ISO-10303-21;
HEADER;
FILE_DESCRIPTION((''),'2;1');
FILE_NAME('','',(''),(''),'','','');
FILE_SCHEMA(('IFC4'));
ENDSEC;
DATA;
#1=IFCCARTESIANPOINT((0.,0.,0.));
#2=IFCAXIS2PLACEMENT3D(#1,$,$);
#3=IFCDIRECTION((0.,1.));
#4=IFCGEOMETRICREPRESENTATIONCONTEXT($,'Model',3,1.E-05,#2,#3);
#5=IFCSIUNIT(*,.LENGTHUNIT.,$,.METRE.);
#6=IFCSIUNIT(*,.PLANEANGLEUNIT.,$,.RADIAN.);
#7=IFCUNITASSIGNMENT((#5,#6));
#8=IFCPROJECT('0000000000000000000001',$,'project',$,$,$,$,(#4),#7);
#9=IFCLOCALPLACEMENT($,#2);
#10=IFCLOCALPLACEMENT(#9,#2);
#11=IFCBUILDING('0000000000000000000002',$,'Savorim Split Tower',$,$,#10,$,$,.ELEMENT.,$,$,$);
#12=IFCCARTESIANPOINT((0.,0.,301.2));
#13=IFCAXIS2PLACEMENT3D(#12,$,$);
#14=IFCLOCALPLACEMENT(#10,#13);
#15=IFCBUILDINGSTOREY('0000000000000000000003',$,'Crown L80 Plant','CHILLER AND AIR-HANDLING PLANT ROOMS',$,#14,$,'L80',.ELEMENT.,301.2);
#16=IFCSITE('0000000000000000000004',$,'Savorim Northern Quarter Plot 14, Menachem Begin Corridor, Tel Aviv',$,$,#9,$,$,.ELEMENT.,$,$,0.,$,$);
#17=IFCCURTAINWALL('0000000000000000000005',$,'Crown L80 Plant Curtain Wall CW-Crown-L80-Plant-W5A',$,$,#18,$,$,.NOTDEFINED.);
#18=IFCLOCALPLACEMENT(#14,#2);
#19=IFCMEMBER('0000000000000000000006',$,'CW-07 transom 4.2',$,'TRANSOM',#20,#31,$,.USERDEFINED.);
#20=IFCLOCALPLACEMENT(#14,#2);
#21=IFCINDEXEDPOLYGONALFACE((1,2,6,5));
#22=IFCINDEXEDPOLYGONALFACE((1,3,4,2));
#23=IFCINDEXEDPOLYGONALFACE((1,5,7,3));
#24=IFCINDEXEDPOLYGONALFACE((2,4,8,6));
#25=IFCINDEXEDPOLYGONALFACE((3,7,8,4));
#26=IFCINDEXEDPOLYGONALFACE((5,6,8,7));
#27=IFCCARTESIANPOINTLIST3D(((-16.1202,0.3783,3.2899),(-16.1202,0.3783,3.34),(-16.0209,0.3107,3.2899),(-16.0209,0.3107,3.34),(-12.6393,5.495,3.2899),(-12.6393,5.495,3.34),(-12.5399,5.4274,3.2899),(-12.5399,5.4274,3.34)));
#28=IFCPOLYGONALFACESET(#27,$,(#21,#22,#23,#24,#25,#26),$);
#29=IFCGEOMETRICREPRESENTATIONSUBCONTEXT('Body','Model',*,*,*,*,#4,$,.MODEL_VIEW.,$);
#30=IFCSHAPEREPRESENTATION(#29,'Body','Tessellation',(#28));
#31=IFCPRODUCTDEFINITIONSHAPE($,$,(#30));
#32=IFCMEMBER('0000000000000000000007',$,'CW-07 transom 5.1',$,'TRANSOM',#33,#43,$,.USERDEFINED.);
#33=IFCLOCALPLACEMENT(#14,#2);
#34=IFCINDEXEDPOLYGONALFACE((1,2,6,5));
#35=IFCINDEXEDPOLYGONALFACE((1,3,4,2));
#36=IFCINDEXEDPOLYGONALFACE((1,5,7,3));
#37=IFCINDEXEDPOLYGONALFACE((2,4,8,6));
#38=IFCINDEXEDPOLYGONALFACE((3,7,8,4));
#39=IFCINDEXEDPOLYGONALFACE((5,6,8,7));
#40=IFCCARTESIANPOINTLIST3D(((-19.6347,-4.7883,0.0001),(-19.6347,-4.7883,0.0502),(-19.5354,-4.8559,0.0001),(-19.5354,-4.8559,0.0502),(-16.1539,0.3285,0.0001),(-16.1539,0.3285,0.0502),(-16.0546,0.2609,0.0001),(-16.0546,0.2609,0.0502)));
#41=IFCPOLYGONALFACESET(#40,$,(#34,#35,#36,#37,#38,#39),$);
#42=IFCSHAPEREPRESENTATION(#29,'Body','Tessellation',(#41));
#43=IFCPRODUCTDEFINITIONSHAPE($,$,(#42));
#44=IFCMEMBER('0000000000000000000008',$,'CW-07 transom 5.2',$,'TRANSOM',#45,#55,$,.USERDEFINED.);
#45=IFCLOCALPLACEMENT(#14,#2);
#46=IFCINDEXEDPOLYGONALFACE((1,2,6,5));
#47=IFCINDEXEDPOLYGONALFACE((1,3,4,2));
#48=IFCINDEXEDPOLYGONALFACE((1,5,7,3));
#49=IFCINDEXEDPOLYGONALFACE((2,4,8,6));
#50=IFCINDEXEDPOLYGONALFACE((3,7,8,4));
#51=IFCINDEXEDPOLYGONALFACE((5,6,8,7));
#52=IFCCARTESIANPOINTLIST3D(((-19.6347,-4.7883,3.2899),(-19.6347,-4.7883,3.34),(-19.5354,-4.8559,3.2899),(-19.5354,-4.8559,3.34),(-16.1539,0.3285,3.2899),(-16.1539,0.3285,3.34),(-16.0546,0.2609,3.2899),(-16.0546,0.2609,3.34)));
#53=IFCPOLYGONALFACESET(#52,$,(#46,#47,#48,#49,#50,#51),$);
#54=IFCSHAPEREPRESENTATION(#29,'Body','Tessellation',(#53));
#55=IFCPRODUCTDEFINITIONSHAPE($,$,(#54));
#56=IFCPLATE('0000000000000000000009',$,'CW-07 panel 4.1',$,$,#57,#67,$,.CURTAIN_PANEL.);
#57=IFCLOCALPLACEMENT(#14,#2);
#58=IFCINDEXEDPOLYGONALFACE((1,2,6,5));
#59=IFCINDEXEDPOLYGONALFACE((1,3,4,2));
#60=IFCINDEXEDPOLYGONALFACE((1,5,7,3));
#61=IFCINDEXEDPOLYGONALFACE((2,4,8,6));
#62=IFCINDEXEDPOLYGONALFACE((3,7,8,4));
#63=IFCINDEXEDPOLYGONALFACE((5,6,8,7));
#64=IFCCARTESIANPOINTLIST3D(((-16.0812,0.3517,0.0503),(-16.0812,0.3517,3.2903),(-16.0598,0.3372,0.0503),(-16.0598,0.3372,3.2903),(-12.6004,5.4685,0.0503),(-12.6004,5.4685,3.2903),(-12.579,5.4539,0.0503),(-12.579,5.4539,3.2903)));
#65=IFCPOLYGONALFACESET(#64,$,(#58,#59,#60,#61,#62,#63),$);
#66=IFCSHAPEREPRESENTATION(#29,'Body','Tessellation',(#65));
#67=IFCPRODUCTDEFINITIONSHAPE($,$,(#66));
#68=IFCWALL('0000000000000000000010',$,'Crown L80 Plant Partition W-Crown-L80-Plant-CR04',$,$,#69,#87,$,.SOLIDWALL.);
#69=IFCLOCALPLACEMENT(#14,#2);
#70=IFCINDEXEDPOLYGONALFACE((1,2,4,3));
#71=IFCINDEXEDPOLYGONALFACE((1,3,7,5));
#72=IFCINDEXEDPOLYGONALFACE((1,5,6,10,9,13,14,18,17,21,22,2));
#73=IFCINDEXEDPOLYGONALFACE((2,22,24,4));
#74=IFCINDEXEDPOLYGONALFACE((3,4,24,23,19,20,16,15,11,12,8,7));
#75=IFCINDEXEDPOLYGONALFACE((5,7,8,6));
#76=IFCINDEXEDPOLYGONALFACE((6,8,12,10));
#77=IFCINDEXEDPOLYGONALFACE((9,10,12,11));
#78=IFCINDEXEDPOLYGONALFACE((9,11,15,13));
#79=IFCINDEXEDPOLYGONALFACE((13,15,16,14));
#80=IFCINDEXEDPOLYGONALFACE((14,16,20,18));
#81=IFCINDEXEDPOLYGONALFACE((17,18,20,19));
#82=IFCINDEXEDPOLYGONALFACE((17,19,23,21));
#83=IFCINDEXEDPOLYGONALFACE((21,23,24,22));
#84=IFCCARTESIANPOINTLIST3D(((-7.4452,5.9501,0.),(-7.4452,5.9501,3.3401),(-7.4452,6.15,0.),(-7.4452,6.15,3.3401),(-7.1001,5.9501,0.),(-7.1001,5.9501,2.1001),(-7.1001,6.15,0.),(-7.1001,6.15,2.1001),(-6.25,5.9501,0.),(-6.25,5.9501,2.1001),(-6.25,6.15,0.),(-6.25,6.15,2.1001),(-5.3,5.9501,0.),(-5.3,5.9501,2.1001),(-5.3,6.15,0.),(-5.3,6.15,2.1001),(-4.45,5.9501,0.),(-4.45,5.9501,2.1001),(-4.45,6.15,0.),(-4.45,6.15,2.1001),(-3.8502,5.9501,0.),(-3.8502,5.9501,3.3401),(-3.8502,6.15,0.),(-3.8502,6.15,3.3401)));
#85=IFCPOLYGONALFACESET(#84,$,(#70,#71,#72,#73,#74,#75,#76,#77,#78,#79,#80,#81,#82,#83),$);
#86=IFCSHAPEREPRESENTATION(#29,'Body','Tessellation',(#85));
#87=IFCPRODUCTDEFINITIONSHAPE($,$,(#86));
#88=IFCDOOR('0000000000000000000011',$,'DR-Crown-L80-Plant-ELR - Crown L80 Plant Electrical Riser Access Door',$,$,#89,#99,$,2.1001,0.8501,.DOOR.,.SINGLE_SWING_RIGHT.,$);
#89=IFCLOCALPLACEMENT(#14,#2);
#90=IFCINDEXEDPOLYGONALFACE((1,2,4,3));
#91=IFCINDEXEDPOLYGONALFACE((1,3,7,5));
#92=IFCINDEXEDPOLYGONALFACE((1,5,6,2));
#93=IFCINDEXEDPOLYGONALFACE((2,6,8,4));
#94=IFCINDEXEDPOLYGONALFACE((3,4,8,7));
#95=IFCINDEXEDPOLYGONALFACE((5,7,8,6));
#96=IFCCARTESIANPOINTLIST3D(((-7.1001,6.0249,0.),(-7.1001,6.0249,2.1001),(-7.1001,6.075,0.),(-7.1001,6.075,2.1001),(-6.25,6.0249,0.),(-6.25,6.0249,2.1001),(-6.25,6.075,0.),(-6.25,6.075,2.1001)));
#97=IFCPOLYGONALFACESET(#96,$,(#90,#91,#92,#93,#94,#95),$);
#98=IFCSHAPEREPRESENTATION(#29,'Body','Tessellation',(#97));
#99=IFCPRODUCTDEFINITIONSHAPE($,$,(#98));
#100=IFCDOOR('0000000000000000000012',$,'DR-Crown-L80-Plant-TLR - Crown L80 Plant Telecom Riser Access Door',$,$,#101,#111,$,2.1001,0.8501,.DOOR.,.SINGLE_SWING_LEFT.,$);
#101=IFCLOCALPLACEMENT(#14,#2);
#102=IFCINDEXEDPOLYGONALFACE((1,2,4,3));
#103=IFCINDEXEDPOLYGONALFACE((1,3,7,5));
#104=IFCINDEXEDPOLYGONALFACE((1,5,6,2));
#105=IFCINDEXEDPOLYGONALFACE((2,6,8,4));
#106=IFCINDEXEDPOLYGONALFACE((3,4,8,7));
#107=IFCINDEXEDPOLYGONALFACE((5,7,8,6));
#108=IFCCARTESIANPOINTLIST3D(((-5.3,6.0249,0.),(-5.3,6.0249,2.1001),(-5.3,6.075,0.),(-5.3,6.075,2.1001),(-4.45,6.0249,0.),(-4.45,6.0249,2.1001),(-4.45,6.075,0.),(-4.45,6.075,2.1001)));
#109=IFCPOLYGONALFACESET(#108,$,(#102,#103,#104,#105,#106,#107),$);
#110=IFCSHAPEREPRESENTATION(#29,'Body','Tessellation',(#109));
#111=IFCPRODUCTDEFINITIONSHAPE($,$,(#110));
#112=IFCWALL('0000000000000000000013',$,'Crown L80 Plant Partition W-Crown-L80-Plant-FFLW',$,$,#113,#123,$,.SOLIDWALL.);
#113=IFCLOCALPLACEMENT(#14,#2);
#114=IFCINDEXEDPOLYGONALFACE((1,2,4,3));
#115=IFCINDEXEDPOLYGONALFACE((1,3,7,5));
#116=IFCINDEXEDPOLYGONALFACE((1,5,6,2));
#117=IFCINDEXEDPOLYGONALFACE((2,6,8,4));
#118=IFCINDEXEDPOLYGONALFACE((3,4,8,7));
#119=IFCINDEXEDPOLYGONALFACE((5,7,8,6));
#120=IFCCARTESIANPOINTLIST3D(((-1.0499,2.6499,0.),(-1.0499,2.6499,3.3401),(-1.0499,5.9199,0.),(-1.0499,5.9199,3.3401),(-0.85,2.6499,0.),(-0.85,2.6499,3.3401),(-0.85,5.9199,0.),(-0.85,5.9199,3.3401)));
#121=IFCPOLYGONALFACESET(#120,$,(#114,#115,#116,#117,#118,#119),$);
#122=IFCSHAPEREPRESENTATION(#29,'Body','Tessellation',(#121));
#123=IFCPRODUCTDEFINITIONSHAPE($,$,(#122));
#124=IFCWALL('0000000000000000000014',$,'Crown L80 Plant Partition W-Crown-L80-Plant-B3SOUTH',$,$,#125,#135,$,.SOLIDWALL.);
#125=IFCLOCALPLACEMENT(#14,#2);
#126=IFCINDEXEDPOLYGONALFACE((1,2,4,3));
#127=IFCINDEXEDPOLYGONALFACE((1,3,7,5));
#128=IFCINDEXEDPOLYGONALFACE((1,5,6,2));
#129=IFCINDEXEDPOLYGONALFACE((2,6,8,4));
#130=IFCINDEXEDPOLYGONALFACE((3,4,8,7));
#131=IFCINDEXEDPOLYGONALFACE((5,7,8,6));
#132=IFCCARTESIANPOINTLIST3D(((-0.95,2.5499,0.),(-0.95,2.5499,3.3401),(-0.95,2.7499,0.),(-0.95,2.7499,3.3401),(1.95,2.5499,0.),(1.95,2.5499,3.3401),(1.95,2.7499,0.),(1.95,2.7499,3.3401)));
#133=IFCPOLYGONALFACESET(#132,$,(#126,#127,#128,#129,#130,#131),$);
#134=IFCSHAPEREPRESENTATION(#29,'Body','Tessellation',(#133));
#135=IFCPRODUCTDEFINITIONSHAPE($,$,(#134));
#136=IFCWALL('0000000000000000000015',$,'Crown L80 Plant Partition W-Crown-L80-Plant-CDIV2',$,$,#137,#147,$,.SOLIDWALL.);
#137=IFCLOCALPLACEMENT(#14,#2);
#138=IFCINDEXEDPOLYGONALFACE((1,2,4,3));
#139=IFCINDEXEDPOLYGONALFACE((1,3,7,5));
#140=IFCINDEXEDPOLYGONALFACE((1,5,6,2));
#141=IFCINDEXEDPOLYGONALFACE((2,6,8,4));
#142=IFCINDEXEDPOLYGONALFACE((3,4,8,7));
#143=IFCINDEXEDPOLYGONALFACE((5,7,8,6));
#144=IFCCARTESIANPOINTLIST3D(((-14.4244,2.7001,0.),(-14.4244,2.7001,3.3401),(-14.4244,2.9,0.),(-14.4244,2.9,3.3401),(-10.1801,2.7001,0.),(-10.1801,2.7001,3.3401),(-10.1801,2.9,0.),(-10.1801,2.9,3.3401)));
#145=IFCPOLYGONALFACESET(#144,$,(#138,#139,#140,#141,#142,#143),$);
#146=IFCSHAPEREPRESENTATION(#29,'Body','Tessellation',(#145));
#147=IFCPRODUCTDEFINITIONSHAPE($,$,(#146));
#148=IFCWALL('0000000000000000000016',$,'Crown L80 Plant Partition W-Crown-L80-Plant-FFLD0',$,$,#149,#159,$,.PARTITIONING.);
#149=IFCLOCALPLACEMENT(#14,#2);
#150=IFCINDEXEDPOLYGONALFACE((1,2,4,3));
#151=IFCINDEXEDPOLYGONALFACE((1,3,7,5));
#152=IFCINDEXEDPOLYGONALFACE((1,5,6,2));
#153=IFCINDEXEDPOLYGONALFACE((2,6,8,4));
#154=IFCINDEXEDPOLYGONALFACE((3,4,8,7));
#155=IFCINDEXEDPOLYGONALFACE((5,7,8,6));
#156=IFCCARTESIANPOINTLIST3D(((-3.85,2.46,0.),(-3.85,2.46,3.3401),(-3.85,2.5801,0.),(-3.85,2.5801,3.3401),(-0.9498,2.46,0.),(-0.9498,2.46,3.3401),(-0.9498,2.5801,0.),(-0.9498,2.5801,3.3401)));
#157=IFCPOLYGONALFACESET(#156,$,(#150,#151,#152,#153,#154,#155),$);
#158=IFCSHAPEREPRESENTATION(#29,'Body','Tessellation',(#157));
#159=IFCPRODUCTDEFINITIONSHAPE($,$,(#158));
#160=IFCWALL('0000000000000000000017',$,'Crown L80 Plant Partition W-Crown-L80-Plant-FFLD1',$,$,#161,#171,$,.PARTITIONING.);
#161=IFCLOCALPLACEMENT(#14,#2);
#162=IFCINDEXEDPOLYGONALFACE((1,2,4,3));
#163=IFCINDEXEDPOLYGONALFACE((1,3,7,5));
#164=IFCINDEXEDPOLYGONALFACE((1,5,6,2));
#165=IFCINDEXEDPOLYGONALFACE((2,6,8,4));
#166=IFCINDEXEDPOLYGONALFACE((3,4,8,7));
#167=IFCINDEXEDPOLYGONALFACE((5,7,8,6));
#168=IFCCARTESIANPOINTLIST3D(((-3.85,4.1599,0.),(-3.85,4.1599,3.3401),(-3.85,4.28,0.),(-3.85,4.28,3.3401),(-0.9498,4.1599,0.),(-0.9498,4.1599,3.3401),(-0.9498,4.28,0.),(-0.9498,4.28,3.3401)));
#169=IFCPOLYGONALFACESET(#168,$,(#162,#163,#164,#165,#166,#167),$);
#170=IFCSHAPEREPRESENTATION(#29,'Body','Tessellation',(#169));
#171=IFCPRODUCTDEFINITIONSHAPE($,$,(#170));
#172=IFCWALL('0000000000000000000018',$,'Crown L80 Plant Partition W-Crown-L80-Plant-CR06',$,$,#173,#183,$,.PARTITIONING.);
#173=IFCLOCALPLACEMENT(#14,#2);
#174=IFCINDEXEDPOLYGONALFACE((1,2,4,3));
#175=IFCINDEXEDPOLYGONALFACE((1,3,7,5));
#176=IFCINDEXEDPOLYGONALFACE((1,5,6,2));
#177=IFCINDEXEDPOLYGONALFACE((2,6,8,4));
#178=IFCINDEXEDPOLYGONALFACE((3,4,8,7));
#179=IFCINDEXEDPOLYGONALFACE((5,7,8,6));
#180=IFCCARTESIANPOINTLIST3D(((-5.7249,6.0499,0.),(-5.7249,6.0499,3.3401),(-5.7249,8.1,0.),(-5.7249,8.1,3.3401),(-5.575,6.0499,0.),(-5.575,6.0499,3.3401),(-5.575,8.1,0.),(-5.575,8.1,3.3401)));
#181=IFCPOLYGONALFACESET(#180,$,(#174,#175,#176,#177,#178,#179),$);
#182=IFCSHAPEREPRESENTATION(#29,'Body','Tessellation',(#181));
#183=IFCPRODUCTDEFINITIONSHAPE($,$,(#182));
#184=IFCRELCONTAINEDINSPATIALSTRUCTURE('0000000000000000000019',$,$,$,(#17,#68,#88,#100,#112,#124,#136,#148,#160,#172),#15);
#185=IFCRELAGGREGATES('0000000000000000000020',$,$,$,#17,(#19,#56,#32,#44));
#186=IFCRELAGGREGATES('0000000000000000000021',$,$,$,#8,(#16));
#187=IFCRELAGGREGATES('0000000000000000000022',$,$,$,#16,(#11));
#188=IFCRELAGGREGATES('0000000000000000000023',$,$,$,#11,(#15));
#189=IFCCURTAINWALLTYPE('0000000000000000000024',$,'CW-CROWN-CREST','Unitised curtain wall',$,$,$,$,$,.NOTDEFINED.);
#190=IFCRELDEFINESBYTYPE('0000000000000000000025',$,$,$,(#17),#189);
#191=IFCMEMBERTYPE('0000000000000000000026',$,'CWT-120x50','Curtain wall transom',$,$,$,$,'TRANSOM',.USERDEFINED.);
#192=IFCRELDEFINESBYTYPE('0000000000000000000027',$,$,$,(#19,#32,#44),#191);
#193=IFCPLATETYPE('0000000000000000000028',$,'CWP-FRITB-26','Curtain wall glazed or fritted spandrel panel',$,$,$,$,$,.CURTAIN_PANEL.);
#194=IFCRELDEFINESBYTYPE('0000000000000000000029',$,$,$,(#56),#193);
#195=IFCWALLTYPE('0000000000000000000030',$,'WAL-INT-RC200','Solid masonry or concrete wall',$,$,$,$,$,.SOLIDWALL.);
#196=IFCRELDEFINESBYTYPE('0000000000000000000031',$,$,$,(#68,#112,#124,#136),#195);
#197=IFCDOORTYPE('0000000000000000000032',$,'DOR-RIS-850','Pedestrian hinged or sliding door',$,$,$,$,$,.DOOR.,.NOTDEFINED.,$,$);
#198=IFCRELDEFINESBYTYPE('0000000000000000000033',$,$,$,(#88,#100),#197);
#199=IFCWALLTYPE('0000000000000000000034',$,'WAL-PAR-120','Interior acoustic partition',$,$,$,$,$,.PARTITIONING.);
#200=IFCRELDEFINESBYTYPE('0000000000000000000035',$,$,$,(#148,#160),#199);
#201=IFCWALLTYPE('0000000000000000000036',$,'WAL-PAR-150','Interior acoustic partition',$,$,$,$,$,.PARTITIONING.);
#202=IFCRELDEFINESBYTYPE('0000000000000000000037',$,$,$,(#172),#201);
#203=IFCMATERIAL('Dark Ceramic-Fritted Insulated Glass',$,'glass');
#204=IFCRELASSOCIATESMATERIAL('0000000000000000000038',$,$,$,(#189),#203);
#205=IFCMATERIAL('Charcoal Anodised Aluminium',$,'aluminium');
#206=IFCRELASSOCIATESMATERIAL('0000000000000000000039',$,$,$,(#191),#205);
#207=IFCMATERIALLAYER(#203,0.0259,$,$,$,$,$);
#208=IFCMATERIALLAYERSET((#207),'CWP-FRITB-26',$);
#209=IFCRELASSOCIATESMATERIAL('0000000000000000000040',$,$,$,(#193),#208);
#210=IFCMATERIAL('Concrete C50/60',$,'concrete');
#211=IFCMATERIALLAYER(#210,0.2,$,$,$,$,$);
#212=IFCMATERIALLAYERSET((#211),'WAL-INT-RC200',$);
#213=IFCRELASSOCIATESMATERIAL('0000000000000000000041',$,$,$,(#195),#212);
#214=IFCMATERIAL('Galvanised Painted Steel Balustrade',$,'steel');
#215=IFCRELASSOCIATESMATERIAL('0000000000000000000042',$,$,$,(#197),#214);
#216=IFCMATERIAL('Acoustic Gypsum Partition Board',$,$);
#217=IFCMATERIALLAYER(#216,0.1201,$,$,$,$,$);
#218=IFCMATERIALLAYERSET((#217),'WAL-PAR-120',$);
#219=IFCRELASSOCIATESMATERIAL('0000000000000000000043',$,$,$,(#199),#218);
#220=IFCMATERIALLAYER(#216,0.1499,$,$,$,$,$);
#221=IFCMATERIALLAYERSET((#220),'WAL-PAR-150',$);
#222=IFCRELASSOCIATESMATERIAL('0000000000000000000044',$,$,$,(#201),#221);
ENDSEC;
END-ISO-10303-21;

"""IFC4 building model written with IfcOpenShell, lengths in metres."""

from ifc_helpers import new_model, si_unit, direction, frame, frame_2d, origin, origin_2d, place, context, subcontext, project, spatial, rectangle, extrude, material, layer, layer_set, material_profile, profile_set, type_object, element, fill, aggregate, save


model = new_model("IFC4")

# Units and contexts
model_context = context("Model", 3, precision=1e-05, world=origin(), true_north=direction((0.0, 1.0)))
body_context = subcontext(model_context, "Body", "Model", "MODEL_VIEW")
ifc_project = project(units=[si_unit("LENGTHUNIT", "METRE"), si_unit("PLANEANGLEUNIT", "RADIAN")], contexts=[model_context])

# Site, building, storey
site_placement = place(None, origin())
site = spatial("IfcSite", under=ifc_project, at=site_placement, Name="Savorim Northern Quarter Plot 14, Menachem Begin Corridor, Tel Aviv", CompositionType="ELEMENT", RefElevation=0.0)
building_placement = place(site_placement, origin())
building = spatial("IfcBuilding", under=site, at=building_placement, Name="Savorim Split Tower", CompositionType="ELEMENT")
storey_placement = place(building_placement, frame((0.0, 0.0, 301.2)))
storey = spatial("IfcBuildingStorey", under=building, at=storey_placement, Name="Crown L80 Plant", Description="CHILLER AND AIR-HANDLING PLANT ROOMS", LongName="L80", CompositionType="ELEMENT", Elevation=301.2)

# Curtain wall, members, plate
ifc_material_1 = material(Name="Dark Ceramic-Fritted Insulated Glass", Category="glass")
curtain_wall_type = type_object("IfcCurtainWallType", Name="CW-CROWN-CREST", Description="Unitised curtain wall", PredefinedType="NOTDEFINED", material=ifc_material_1)
curtain_wall_placement = place(storey_placement, origin())
curtain_wall = element("IfcCurtainWall", 1, at=curtain_wall_placement, inside=storey, type_object=curtain_wall_type, Name="Crown L80 Plant Curtain Wall CW-Crown-L80-Plant-W5A", PredefinedType="NOTDEFINED")
ifc_material_2 = material(Name="Charcoal Anodised Aluminium", Category="aluminium")
ifc_material_profile_1 = material_profile(ifc_material_2, rectangle(XDim=0.1201, YDim=0.05, at=origin_2d()), Name="ALU-T 120x50")
ifc_profile_set_1 = profile_set([ifc_material_profile_1], Name="Charcoal Anodised Aluminium")
member_type_1 = type_object("IfcMemberType", Name="CWT-120x50", Description="Curtain wall transom", ElementType="TRANSOM", PredefinedType="USERDEFINED", material=ifc_profile_set_1)
member_1_placement = place(storey_placement, frame((-12.5896, 5.4612, 3.3149), z_axis=(-0.562487, -0.826806, 0.0), x_axis=(0.826806, -0.562487, 0.0)))
member_1 = element("IfcMember", 2, at=member_1_placement, type_object=member_type_1, Name="CW-07 transom 4.2", ObjectType="TRANSOM", PredefinedType="USERDEFINED", context=body_context, shape_type="SweptSolid", body=[
    extrude(rectangle(XDim=0.1201, YDim=0.05, at=origin_2d()), origin(), (0.0, 0.0, 1.0), 6.1885),
])
member_2_placement = place(storey_placement, frame((-16.1042, 0.2947, 0.0251), z_axis=(-0.56246, -0.826824, 0.0), x_axis=(0.826824, -0.56246, 0.0)))
member_2 = element("IfcMember", 3, at=member_2_placement, type_object=member_type_1, Name="CW-07 transom 5.1", ObjectType="TRANSOM", PredefinedType="USERDEFINED", context=body_context, shape_type="SweptSolid", body=[
    extrude(rectangle(XDim=0.1201, YDim=0.05, at=origin_2d()), origin(), (0.0, 0.0, 1.0), 6.1885),
])
member_3_placement = place(storey_placement, frame((-16.1042, 0.2947, 3.3149), z_axis=(-0.56246, -0.826824, 0.0), x_axis=(0.826824, -0.56246, 0.0)))
member_3 = element("IfcMember", 4, at=member_3_placement, type_object=member_type_1, Name="CW-07 transom 5.2", ObjectType="TRANSOM", PredefinedType="USERDEFINED", context=body_context, shape_type="SweptSolid", body=[
    extrude(rectangle(XDim=0.1201, YDim=0.05, at=origin_2d()), origin(), (0.0, 0.0, 1.0), 6.1885),
])
ifc_layer_1 = layer(ifc_material_1, 0.0259)
ifc_layer_set_1 = layer_set([ifc_layer_1], Name="CWP-FRITB-26")
plate_type = type_object("IfcPlateType", Name="CWP-FRITB-26", Description="Curtain wall glazed or fritted spandrel panel", PredefinedType="CURTAIN_PANEL", material=ifc_layer_set_1)
plate_placement = place(storey_placement, frame((-14.3301, 2.9028, 0.0503), z_axis=(0.0, 0.0, 1.0), x_axis=(-0.562465, -0.826821, 0.0)))
plate = element("IfcPlate", 5, at=plate_placement, type_object=plate_type, Name="CW-07 panel 4.1", PredefinedType="CURTAIN_PANEL", context=body_context, shape_type="SweptSolid", body=[
    extrude(rectangle(XDim=6.1885, YDim=0.0259, at=origin_2d()), origin(), (0.0, 0.0, 1.0), 3.24),
])
aggregate(curtain_wall, [member_1, plate, member_2, member_3])

# Shared definitions
ifc_material_3 = material(Name="Concrete C50/60", Category="concrete")
ifc_layer_2 = layer(ifc_material_3, 0.2)
ifc_layer_set_2 = layer_set([ifc_layer_2], Name="WAL-INT-RC200")
wall_type_1 = type_object("IfcWallType", Name="WAL-INT-RC200", Description="Solid masonry or concrete wall", PredefinedType="SOLIDWALL", material=ifc_layer_set_2)

# Wall, openings, doors
wall_1_placement = place(storey_placement, frame((-7.4451, 6.05, 0.0), z_axis=(0.0, 0.0, 1.0), x_axis=(1.0, 0.0, 0.0)))
wall_1 = element("IfcWall", 6, at=wall_1_placement, inside=storey, type_object=wall_type_1, Name="Crown L80 Plant Partition W-Crown-L80-Plant-CR04", PredefinedType="SOLIDWALL", context=body_context, shape_type="SweptSolid", body=[
    extrude(rectangle(XDim=3.595, YDim=0.2, at=frame_2d((1.7974, 0.0))), origin(), (0.0, 0.0, 1.0), 3.3401),
])
opening_1_placement = place(wall_1_placement, frame((0.345, 0.0, 0.0)))
opening_1 = element("IfcOpeningElement", 7, at=opening_1_placement, cuts=wall_1, PredefinedType="OPENING", context=body_context, shape_type="SweptSolid", body=[
    extrude(rectangle(XDim=0.8501, YDim=2.1001, at=frame_2d((0.425, 1.05))), frame((0.0, 0.1099, 0.0), z_axis=(0.0, -1.0, 0.0), x_axis=(1.0, 0.0, 0.0)), (0.0, 0.0, 1.0), 0.22),
])
opening_2_placement = place(wall_1_placement, frame((2.145, 0.0, 0.0)))
opening_2 = element("IfcOpeningElement", 8, at=opening_2_placement, cuts=wall_1, PredefinedType="OPENING", context=body_context, shape_type="SweptSolid", body=[
    extrude(rectangle(XDim=0.8501, YDim=2.1001, at=frame_2d((0.425, 1.05))), frame((0.0, 0.1099, 0.0), z_axis=(0.0, -1.0, 0.0), x_axis=(1.0, 0.0, 0.0)), (0.0, 0.0, 1.0), 0.22),
])
ifc_material_4 = material(Name="Galvanised Painted Steel Balustrade", Category="steel")
door_type_1 = type_object("IfcDoorType", Name="DOR-RIS-850", Description="Pedestrian hinged or sliding door", OperationType="NOTDEFINED", PredefinedType="DOOR", material=ifc_material_4)
door_1_placement = place(opening_1_placement, origin())
door_1 = element("IfcDoor", 9, at=door_1_placement, inside=storey, type_object=door_type_1, Name="DR-Crown-L80-Plant-ELR - Crown L80 Plant Electrical Riser Access Door", OperationType="SINGLE_SWING_RIGHT", OverallHeight=2.1001, OverallWidth=0.8501, PredefinedType="DOOR", context=body_context, shape_type="SweptSolid", body=[
    extrude(rectangle(XDim=0.8501, YDim=2.1001, at=frame_2d((0.425, 1.05))), frame((0.0, 0.0249, 0.0), z_axis=(0.0, -1.0, 0.0), x_axis=(1.0, 0.0, 0.0)), (0.0, 0.0, 1.0), 0.05),
])
fill(opening_1, door_1)
door_2_placement = place(opening_2_placement, origin())
door_2 = element("IfcDoor", 10, at=door_2_placement, inside=storey, type_object=door_type_1, Name="DR-Crown-L80-Plant-TLR - Crown L80 Plant Telecom Riser Access Door", OperationType="SINGLE_SWING_LEFT", OverallHeight=2.1001, OverallWidth=0.8501, PredefinedType="DOOR", context=body_context, shape_type="SweptSolid", body=[
    extrude(rectangle(XDim=0.8501, YDim=2.1001, at=frame_2d((0.425, 1.05))), frame((0.0, 0.0249, 0.0), z_axis=(0.0, -1.0, 0.0), x_axis=(1.0, 0.0, 0.0)), (0.0, 0.0, 1.0), 0.05),
])
fill(opening_2, door_2)

# Walls
wall_2_placement = place(storey_placement, frame((-0.95, 2.6499, 0.0), z_axis=(0.0, 0.0, 1.0), x_axis=(0.0, 1.0, 0.0)))
element("IfcWall", 11, at=wall_2_placement, inside=storey, type_object=wall_type_1, Name="Crown L80 Plant Partition W-Crown-L80-Plant-FFLW", PredefinedType="SOLIDWALL", context=body_context, shape_type="SweptSolid", body=[
    extrude(rectangle(XDim=3.27, YDim=0.2, at=frame_2d((1.635, 0.0))), origin(), (0.0, 0.0, 1.0), 3.3401),
])
wall_3_placement = place(storey_placement, frame((-0.95, 2.6499, 0.0), z_axis=(0.0, 0.0, 1.0), x_axis=(1.0, 0.0, 0.0)))
element("IfcWall", 12, at=wall_3_placement, inside=storey, type_object=wall_type_1, Name="Crown L80 Plant Partition W-Crown-L80-Plant-B3SOUTH", PredefinedType="SOLIDWALL", context=body_context, shape_type="SweptSolid", body=[
    extrude(rectangle(XDim=2.8999, YDim=0.2, at=frame_2d((1.45, 0.0))), origin(), (0.0, 0.0, 1.0), 3.3401),
])
wall_4_placement = place(storey_placement, frame((-14.4243, 2.8, 0.0), z_axis=(0.0, 0.0, 1.0), x_axis=(1.0, 0.0, 0.0)))
element("IfcWall", 13, at=wall_4_placement, inside=storey, type_object=wall_type_1, Name="Crown L80 Plant Partition W-Crown-L80-Plant-CDIV2", PredefinedType="SOLIDWALL", context=body_context, shape_type="SweptSolid", body=[
    extrude(rectangle(XDim=4.2444, YDim=0.2, at=frame_2d((2.1221, 0.0))), origin(), (0.0, 0.0, 1.0), 3.3401),
])
ifc_material_5 = material(Name="Acoustic Gypsum Partition Board")
ifc_layer_3 = layer(ifc_material_5, 0.1201)
ifc_layer_set_3 = layer_set([ifc_layer_3], Name="WAL-PAR-120")
wall_type_2 = type_object("IfcWallType", Name="WAL-PAR-120", Description="Interior acoustic partition", PredefinedType="PARTITIONING", material=ifc_layer_set_3)
for number, where, z_axis, x_axis, name in (
    (14, (-3.8501, 2.52, 0.0), (0.0, 0.0, 1.0), (1.0, 0.0, 0.0), "Crown L80 Plant Partition W-Crown-L80-Plant-FFLD0"),
    (15, (-3.8501, 4.22, 0.0), (0.0, 0.0, 1.0), (1.0, 0.0, 0.0), "Crown L80 Plant Partition W-Crown-L80-Plant-FFLD1"),
):
    element("IfcWall", number, at=place(storey_placement, frame(where, z_axis=z_axis, x_axis=x_axis)), inside=storey, type_object=wall_type_2, Name=name, PredefinedType="PARTITIONING", context=body_context, shape_type="SweptSolid", body=[
        extrude(rectangle(XDim=2.9001, YDim=0.1201, at=frame_2d((1.4502, 0.0))), origin(), (0.0, 0.0, 1.0), 3.3401),
    ])
ifc_layer_4 = layer(ifc_material_5, 0.1499)
ifc_layer_set_4 = layer_set([ifc_layer_4], Name="WAL-PAR-150")
wall_type_3 = type_object("IfcWallType", Name="WAL-PAR-150", Description="Interior acoustic partition", PredefinedType="PARTITIONING", material=ifc_layer_set_4)
wall_5_placement = place(storey_placement, frame((-5.6499, 6.05, 0.0), z_axis=(0.0, 0.0, 1.0), x_axis=(0.0, 1.0, 0.0)))
element("IfcWall", 16, at=wall_5_placement, inside=storey, type_object=wall_type_3, Name="Crown L80 Plant Partition W-Crown-L80-Plant-CR06", PredefinedType="PARTITIONING", context=body_context, shape_type="SweptSolid", body=[
    extrude(rectangle(XDim=2.05, YDim=0.1499, at=frame_2d((1.0249, 0.0))), origin(), (0.0, 0.0, 1.0), 3.3401),
])

save(model, "model.ifc")
